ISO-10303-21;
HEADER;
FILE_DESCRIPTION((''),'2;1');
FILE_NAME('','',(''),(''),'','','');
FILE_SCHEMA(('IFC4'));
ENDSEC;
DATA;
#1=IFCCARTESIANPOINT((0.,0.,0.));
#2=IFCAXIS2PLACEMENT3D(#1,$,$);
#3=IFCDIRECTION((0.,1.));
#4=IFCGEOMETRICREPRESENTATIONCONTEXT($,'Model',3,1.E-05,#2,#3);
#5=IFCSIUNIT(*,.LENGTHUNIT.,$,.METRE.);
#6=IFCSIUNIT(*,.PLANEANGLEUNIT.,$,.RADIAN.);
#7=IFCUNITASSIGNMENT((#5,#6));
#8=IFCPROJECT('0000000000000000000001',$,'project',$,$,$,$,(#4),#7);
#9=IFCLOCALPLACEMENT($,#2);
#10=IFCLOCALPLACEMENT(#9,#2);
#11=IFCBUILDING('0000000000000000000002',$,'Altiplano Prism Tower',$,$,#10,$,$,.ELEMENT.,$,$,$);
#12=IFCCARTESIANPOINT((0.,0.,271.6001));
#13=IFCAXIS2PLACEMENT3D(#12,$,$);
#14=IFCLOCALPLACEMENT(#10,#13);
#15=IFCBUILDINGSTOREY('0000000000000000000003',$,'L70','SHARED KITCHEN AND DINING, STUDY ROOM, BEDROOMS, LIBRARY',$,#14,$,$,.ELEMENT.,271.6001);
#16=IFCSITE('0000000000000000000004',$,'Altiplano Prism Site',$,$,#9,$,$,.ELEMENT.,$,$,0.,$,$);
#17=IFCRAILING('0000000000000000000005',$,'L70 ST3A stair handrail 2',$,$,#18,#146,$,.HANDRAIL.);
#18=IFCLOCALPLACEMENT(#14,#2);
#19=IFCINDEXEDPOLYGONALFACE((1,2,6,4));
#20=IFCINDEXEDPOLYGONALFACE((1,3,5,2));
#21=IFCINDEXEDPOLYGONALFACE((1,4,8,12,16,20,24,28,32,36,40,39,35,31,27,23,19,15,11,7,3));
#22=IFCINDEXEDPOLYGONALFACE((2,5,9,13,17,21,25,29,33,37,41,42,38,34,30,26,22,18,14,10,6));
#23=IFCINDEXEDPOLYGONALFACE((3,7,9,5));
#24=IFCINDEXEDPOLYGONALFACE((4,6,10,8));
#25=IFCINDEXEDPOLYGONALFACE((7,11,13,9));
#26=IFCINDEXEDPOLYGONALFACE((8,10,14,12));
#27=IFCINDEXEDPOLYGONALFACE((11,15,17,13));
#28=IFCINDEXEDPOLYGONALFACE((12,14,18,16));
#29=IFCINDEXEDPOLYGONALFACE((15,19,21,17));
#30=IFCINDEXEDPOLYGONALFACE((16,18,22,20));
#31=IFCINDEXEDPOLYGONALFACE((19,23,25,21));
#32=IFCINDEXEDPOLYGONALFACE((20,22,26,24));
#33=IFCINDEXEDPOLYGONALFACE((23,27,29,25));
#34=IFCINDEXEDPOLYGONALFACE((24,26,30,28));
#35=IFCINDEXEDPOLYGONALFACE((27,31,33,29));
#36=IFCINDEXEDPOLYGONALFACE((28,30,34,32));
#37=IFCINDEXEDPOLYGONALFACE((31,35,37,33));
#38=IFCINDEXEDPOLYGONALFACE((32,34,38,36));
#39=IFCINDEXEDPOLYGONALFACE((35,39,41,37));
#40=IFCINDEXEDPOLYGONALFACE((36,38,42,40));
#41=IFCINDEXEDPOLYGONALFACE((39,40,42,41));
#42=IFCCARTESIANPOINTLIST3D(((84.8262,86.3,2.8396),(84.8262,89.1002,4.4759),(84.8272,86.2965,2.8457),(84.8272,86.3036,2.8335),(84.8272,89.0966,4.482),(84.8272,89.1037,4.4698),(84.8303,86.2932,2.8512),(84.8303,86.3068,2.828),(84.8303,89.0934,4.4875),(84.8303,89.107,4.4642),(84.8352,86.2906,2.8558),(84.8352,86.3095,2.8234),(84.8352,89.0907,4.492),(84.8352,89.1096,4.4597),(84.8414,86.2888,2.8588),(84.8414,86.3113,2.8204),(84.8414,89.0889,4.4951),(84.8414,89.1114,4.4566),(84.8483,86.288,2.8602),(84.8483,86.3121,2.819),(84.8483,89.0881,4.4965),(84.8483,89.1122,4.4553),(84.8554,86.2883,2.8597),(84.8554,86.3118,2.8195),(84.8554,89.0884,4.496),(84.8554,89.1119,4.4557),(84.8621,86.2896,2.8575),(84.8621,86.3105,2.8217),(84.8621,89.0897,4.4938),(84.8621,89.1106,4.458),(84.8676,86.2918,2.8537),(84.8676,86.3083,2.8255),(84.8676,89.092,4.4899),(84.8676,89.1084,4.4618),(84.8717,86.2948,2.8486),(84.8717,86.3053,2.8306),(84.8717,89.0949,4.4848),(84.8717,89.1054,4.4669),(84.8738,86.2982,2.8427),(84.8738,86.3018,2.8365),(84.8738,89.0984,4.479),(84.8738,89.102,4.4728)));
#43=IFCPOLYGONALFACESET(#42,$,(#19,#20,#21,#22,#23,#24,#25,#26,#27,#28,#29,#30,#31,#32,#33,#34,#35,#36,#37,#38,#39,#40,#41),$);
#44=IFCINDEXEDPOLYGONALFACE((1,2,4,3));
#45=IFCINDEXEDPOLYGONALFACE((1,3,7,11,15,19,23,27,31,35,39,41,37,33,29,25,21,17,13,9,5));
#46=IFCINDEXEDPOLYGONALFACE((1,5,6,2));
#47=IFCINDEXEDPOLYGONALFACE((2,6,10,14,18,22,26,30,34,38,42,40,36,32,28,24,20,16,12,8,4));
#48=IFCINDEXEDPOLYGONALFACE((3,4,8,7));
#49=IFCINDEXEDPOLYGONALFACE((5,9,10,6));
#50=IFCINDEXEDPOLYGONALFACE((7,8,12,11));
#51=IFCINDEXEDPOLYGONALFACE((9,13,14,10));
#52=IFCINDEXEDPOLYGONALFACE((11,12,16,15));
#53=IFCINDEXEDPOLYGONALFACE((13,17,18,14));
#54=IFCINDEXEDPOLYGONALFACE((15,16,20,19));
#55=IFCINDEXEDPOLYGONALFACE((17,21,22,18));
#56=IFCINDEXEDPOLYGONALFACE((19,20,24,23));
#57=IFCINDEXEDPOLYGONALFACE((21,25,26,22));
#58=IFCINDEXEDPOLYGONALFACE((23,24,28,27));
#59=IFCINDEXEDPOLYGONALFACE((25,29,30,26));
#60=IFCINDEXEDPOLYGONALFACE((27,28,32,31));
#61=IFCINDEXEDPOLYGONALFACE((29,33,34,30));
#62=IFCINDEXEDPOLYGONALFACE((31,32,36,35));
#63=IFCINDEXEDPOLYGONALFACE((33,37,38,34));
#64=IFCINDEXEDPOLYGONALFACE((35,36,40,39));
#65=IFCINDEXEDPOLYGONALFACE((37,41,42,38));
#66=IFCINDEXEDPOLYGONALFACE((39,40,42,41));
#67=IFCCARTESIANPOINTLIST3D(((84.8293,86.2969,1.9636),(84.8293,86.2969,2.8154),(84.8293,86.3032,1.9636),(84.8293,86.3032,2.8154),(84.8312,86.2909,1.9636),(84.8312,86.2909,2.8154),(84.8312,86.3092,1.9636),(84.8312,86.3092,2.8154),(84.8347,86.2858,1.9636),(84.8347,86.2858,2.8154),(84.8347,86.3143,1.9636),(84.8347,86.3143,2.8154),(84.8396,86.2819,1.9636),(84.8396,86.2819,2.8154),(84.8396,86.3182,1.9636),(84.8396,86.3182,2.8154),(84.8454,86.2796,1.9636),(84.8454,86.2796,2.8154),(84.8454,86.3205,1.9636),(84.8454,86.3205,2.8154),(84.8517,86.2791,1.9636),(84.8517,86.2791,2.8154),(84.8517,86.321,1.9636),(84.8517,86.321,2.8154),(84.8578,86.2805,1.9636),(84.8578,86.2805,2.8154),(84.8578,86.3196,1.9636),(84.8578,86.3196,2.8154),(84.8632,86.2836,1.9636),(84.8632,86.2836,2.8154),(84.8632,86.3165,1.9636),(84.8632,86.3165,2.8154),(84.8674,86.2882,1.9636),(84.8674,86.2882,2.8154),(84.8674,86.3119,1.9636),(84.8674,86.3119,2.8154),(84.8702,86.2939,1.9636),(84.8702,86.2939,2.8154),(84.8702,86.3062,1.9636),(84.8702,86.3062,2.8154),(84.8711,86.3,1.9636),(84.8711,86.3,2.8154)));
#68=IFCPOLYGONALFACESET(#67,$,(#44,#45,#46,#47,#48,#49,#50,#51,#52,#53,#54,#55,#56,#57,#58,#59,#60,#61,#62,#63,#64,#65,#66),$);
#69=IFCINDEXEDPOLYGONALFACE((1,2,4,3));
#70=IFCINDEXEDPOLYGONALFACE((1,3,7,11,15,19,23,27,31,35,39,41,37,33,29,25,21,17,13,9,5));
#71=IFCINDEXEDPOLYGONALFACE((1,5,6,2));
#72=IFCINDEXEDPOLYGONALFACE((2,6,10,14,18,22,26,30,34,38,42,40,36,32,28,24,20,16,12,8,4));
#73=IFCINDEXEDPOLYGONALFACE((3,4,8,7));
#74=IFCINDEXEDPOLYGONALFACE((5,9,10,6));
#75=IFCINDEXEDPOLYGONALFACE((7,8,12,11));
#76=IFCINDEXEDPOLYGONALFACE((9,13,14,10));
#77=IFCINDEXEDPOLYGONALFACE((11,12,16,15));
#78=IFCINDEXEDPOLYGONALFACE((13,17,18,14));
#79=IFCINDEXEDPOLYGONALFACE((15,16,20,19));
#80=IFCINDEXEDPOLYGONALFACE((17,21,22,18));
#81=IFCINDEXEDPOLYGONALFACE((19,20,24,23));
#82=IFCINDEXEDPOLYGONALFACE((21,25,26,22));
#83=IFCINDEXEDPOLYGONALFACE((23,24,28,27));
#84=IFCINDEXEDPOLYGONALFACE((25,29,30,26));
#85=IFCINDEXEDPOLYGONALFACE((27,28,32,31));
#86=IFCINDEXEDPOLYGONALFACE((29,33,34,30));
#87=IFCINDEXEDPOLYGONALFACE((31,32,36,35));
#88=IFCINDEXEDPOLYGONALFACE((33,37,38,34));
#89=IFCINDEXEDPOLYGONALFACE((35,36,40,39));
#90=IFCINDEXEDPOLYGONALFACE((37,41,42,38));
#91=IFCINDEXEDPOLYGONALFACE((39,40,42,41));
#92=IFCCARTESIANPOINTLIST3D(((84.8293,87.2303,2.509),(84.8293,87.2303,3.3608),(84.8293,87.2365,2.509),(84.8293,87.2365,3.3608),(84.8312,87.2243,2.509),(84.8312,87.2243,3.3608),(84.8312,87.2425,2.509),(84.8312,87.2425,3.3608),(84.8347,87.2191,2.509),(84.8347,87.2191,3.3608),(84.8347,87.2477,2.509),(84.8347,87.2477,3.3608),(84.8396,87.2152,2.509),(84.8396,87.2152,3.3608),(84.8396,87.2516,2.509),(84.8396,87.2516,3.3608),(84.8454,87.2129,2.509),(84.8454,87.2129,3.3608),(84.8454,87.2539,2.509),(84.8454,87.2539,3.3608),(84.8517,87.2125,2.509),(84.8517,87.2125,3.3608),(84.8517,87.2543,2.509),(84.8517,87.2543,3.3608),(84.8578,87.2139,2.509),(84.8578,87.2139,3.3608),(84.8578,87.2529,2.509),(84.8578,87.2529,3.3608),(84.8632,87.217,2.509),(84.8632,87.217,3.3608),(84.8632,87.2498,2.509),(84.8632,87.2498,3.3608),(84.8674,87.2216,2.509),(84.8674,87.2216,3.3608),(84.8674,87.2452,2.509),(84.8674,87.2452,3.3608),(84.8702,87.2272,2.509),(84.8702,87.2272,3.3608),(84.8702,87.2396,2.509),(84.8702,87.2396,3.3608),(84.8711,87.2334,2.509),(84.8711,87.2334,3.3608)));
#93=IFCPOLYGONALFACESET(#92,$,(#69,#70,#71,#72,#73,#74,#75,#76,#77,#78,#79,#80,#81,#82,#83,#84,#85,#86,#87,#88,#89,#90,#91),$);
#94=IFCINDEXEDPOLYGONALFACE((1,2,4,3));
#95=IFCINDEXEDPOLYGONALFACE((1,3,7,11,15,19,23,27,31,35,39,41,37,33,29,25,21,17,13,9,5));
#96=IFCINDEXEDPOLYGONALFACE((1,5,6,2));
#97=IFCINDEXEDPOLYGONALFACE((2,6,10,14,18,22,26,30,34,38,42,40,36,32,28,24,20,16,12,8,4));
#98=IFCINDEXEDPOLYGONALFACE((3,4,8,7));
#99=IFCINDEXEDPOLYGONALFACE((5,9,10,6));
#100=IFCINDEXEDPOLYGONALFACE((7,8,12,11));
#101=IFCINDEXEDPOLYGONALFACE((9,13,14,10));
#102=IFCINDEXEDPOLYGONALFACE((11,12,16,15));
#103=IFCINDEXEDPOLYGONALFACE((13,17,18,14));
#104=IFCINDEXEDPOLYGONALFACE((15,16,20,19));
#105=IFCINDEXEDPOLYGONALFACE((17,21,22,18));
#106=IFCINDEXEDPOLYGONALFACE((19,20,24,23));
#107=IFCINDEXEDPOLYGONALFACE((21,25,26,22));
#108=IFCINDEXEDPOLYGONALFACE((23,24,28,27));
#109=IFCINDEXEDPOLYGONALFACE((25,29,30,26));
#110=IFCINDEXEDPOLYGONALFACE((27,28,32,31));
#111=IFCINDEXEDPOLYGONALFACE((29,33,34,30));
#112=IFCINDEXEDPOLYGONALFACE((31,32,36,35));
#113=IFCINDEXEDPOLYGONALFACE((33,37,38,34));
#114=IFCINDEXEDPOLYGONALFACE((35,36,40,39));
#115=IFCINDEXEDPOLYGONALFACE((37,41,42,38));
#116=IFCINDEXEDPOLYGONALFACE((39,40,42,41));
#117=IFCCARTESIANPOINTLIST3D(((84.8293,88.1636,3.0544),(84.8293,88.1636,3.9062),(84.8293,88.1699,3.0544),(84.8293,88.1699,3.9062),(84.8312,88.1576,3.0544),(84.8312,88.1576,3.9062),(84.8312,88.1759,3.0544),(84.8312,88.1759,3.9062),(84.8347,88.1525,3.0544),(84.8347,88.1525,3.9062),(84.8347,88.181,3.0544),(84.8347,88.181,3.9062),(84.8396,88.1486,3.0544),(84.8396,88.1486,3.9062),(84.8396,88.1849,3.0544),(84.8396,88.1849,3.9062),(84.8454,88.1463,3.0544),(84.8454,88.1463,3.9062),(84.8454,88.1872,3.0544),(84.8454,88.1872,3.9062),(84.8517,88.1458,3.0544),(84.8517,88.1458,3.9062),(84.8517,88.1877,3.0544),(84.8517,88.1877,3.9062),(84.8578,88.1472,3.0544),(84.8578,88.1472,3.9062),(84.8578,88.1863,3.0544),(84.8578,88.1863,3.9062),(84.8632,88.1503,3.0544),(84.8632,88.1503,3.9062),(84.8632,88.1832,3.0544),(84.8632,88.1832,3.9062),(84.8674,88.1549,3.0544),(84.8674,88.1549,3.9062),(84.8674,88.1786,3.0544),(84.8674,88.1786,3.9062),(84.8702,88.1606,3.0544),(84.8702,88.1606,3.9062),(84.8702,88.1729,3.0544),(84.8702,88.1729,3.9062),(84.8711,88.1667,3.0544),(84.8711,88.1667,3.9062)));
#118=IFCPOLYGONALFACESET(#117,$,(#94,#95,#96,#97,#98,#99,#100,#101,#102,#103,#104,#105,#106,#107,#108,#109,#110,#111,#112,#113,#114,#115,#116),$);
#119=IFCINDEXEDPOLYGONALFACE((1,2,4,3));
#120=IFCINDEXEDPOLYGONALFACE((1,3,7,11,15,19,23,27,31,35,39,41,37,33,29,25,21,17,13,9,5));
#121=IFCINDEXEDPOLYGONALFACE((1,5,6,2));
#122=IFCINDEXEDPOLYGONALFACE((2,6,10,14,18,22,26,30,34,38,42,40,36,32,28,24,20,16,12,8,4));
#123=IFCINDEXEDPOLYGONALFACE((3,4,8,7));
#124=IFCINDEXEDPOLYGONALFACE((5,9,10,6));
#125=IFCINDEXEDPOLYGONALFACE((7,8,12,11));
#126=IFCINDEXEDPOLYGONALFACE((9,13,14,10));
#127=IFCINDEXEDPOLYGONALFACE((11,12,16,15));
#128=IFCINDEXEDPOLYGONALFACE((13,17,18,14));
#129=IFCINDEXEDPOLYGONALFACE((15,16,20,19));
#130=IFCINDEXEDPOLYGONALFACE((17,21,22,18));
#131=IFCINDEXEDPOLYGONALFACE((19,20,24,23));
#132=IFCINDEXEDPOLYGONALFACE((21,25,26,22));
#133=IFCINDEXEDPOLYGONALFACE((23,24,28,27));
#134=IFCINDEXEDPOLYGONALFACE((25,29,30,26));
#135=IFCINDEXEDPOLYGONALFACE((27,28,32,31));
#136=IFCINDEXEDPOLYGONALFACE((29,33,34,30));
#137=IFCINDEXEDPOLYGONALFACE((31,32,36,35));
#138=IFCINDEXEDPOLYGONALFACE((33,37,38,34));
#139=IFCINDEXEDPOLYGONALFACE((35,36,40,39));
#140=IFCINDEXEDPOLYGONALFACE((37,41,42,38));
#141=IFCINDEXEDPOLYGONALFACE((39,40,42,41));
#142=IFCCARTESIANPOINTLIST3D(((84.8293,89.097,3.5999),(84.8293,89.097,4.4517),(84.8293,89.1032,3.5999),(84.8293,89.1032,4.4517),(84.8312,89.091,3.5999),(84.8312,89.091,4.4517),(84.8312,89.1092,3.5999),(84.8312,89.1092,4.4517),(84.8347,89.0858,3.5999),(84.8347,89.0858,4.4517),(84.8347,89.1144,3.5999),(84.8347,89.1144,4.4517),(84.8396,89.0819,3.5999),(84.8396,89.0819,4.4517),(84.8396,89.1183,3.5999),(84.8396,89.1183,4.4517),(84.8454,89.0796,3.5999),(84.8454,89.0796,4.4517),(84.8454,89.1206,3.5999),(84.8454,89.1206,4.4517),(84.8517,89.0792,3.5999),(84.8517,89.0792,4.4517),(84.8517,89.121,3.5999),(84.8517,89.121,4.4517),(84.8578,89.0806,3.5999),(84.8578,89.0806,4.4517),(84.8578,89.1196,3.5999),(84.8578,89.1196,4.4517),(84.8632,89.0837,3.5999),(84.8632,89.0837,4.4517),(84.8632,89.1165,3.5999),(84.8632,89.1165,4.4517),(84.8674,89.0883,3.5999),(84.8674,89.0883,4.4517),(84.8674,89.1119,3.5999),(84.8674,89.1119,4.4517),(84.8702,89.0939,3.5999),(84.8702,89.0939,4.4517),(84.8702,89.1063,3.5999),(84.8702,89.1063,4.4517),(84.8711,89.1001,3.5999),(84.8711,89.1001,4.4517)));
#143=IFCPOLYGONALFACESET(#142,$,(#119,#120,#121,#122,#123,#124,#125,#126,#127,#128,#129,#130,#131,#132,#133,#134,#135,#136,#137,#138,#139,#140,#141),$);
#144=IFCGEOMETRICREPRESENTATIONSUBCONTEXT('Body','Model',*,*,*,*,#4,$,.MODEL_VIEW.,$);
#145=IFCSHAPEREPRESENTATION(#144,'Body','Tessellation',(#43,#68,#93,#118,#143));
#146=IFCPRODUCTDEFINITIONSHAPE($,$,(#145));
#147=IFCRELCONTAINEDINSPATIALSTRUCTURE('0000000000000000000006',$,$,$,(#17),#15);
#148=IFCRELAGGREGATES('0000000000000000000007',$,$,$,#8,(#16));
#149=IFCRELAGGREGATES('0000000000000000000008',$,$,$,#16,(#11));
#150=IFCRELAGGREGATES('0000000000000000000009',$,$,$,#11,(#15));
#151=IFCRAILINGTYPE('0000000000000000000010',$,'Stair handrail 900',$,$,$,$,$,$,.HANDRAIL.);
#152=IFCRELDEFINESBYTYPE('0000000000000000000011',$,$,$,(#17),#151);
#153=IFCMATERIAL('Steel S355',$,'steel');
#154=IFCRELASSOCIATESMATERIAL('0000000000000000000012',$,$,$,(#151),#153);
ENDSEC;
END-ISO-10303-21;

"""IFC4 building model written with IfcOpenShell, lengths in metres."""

from ifc_helpers import new_model, si_unit, direction, frame, origin, origin_2d, place, context, subcontext, project, spatial, circle, extrude, material, type_object, element, save


model = new_model("IFC4")

# Units and contexts
model_context = context("Model", 3, precision=1e-05, world=origin(), true_north=direction((0.0, 1.0)))
body_context = subcontext(model_context, "Body", "Model", "MODEL_VIEW")
ifc_project = project(units=[si_unit("LENGTHUNIT", "METRE"), si_unit("PLANEANGLEUNIT", "RADIAN")], contexts=[model_context])

# Site, building, storey
site_placement = place(None, origin())
site = spatial("IfcSite", under=ifc_project, at=site_placement, Name="Altiplano Prism Site", CompositionType="ELEMENT", RefElevation=0.0)
building_placement = place(site_placement, origin())
building = spatial("IfcBuilding", under=site, at=building_placement, Name="Altiplano Prism Tower", CompositionType="ELEMENT")
storey_placement = place(building_placement, frame((0.0, 0.0, 271.6001)))
storey = spatial("IfcBuildingStorey", under=building, at=storey_placement, Name="L70", Description="SHARED KITCHEN AND DINING, STUDY ROOM, BEDROOMS, LIBRARY", CompositionType="ELEMENT", Elevation=271.6001)

# Railing
ifc_material_1 = material(Name="Steel S355", Category="steel")
railing_type_1 = type_object("IfcRailingType", Name="Stair handrail 900", PredefinedType="HANDRAIL", material=ifc_material_1)
railing_1_placement = place(storey_placement, frame((84.8501, 86.3, 1.9636)))
element("IfcRailing", 1, at=railing_1_placement, inside=storey, type_object=railing_type_1, Name="L70 ST3A stair handrail 2", PredefinedType="HANDRAIL", context=body_context, shape_type="SweptSolid", body=[
    extrude(circle(Radius=0.0239, at=origin_2d()), frame((0.0, 0.0, 0.876), z_axis=(0.0, 0.863394, 0.504531), x_axis=(-1.0, 0.0, 0.0)), (0.0, 0.0, 1.0), 3.2432),
    extrude(circle(Radius=0.021, at=origin_2d()), origin(), (0.0, 0.0, 1.0), 0.8518),
    extrude(circle(Radius=0.021, at=origin_2d()), frame((0.0, 0.9333, 0.5454)), (0.0, 0.0, 1.0), 0.8518),
    extrude(circle(Radius=0.021, at=origin_2d()), frame((0.0, 1.8667, 1.0908)), (0.0, 0.0, 1.0), 0.8518),
    extrude(circle(Radius=0.021, at=origin_2d()), frame((0.0, 2.8, 1.6362)), (0.0, 0.0, 1.0), 0.8518),
])

save(model, "model.ifc")
